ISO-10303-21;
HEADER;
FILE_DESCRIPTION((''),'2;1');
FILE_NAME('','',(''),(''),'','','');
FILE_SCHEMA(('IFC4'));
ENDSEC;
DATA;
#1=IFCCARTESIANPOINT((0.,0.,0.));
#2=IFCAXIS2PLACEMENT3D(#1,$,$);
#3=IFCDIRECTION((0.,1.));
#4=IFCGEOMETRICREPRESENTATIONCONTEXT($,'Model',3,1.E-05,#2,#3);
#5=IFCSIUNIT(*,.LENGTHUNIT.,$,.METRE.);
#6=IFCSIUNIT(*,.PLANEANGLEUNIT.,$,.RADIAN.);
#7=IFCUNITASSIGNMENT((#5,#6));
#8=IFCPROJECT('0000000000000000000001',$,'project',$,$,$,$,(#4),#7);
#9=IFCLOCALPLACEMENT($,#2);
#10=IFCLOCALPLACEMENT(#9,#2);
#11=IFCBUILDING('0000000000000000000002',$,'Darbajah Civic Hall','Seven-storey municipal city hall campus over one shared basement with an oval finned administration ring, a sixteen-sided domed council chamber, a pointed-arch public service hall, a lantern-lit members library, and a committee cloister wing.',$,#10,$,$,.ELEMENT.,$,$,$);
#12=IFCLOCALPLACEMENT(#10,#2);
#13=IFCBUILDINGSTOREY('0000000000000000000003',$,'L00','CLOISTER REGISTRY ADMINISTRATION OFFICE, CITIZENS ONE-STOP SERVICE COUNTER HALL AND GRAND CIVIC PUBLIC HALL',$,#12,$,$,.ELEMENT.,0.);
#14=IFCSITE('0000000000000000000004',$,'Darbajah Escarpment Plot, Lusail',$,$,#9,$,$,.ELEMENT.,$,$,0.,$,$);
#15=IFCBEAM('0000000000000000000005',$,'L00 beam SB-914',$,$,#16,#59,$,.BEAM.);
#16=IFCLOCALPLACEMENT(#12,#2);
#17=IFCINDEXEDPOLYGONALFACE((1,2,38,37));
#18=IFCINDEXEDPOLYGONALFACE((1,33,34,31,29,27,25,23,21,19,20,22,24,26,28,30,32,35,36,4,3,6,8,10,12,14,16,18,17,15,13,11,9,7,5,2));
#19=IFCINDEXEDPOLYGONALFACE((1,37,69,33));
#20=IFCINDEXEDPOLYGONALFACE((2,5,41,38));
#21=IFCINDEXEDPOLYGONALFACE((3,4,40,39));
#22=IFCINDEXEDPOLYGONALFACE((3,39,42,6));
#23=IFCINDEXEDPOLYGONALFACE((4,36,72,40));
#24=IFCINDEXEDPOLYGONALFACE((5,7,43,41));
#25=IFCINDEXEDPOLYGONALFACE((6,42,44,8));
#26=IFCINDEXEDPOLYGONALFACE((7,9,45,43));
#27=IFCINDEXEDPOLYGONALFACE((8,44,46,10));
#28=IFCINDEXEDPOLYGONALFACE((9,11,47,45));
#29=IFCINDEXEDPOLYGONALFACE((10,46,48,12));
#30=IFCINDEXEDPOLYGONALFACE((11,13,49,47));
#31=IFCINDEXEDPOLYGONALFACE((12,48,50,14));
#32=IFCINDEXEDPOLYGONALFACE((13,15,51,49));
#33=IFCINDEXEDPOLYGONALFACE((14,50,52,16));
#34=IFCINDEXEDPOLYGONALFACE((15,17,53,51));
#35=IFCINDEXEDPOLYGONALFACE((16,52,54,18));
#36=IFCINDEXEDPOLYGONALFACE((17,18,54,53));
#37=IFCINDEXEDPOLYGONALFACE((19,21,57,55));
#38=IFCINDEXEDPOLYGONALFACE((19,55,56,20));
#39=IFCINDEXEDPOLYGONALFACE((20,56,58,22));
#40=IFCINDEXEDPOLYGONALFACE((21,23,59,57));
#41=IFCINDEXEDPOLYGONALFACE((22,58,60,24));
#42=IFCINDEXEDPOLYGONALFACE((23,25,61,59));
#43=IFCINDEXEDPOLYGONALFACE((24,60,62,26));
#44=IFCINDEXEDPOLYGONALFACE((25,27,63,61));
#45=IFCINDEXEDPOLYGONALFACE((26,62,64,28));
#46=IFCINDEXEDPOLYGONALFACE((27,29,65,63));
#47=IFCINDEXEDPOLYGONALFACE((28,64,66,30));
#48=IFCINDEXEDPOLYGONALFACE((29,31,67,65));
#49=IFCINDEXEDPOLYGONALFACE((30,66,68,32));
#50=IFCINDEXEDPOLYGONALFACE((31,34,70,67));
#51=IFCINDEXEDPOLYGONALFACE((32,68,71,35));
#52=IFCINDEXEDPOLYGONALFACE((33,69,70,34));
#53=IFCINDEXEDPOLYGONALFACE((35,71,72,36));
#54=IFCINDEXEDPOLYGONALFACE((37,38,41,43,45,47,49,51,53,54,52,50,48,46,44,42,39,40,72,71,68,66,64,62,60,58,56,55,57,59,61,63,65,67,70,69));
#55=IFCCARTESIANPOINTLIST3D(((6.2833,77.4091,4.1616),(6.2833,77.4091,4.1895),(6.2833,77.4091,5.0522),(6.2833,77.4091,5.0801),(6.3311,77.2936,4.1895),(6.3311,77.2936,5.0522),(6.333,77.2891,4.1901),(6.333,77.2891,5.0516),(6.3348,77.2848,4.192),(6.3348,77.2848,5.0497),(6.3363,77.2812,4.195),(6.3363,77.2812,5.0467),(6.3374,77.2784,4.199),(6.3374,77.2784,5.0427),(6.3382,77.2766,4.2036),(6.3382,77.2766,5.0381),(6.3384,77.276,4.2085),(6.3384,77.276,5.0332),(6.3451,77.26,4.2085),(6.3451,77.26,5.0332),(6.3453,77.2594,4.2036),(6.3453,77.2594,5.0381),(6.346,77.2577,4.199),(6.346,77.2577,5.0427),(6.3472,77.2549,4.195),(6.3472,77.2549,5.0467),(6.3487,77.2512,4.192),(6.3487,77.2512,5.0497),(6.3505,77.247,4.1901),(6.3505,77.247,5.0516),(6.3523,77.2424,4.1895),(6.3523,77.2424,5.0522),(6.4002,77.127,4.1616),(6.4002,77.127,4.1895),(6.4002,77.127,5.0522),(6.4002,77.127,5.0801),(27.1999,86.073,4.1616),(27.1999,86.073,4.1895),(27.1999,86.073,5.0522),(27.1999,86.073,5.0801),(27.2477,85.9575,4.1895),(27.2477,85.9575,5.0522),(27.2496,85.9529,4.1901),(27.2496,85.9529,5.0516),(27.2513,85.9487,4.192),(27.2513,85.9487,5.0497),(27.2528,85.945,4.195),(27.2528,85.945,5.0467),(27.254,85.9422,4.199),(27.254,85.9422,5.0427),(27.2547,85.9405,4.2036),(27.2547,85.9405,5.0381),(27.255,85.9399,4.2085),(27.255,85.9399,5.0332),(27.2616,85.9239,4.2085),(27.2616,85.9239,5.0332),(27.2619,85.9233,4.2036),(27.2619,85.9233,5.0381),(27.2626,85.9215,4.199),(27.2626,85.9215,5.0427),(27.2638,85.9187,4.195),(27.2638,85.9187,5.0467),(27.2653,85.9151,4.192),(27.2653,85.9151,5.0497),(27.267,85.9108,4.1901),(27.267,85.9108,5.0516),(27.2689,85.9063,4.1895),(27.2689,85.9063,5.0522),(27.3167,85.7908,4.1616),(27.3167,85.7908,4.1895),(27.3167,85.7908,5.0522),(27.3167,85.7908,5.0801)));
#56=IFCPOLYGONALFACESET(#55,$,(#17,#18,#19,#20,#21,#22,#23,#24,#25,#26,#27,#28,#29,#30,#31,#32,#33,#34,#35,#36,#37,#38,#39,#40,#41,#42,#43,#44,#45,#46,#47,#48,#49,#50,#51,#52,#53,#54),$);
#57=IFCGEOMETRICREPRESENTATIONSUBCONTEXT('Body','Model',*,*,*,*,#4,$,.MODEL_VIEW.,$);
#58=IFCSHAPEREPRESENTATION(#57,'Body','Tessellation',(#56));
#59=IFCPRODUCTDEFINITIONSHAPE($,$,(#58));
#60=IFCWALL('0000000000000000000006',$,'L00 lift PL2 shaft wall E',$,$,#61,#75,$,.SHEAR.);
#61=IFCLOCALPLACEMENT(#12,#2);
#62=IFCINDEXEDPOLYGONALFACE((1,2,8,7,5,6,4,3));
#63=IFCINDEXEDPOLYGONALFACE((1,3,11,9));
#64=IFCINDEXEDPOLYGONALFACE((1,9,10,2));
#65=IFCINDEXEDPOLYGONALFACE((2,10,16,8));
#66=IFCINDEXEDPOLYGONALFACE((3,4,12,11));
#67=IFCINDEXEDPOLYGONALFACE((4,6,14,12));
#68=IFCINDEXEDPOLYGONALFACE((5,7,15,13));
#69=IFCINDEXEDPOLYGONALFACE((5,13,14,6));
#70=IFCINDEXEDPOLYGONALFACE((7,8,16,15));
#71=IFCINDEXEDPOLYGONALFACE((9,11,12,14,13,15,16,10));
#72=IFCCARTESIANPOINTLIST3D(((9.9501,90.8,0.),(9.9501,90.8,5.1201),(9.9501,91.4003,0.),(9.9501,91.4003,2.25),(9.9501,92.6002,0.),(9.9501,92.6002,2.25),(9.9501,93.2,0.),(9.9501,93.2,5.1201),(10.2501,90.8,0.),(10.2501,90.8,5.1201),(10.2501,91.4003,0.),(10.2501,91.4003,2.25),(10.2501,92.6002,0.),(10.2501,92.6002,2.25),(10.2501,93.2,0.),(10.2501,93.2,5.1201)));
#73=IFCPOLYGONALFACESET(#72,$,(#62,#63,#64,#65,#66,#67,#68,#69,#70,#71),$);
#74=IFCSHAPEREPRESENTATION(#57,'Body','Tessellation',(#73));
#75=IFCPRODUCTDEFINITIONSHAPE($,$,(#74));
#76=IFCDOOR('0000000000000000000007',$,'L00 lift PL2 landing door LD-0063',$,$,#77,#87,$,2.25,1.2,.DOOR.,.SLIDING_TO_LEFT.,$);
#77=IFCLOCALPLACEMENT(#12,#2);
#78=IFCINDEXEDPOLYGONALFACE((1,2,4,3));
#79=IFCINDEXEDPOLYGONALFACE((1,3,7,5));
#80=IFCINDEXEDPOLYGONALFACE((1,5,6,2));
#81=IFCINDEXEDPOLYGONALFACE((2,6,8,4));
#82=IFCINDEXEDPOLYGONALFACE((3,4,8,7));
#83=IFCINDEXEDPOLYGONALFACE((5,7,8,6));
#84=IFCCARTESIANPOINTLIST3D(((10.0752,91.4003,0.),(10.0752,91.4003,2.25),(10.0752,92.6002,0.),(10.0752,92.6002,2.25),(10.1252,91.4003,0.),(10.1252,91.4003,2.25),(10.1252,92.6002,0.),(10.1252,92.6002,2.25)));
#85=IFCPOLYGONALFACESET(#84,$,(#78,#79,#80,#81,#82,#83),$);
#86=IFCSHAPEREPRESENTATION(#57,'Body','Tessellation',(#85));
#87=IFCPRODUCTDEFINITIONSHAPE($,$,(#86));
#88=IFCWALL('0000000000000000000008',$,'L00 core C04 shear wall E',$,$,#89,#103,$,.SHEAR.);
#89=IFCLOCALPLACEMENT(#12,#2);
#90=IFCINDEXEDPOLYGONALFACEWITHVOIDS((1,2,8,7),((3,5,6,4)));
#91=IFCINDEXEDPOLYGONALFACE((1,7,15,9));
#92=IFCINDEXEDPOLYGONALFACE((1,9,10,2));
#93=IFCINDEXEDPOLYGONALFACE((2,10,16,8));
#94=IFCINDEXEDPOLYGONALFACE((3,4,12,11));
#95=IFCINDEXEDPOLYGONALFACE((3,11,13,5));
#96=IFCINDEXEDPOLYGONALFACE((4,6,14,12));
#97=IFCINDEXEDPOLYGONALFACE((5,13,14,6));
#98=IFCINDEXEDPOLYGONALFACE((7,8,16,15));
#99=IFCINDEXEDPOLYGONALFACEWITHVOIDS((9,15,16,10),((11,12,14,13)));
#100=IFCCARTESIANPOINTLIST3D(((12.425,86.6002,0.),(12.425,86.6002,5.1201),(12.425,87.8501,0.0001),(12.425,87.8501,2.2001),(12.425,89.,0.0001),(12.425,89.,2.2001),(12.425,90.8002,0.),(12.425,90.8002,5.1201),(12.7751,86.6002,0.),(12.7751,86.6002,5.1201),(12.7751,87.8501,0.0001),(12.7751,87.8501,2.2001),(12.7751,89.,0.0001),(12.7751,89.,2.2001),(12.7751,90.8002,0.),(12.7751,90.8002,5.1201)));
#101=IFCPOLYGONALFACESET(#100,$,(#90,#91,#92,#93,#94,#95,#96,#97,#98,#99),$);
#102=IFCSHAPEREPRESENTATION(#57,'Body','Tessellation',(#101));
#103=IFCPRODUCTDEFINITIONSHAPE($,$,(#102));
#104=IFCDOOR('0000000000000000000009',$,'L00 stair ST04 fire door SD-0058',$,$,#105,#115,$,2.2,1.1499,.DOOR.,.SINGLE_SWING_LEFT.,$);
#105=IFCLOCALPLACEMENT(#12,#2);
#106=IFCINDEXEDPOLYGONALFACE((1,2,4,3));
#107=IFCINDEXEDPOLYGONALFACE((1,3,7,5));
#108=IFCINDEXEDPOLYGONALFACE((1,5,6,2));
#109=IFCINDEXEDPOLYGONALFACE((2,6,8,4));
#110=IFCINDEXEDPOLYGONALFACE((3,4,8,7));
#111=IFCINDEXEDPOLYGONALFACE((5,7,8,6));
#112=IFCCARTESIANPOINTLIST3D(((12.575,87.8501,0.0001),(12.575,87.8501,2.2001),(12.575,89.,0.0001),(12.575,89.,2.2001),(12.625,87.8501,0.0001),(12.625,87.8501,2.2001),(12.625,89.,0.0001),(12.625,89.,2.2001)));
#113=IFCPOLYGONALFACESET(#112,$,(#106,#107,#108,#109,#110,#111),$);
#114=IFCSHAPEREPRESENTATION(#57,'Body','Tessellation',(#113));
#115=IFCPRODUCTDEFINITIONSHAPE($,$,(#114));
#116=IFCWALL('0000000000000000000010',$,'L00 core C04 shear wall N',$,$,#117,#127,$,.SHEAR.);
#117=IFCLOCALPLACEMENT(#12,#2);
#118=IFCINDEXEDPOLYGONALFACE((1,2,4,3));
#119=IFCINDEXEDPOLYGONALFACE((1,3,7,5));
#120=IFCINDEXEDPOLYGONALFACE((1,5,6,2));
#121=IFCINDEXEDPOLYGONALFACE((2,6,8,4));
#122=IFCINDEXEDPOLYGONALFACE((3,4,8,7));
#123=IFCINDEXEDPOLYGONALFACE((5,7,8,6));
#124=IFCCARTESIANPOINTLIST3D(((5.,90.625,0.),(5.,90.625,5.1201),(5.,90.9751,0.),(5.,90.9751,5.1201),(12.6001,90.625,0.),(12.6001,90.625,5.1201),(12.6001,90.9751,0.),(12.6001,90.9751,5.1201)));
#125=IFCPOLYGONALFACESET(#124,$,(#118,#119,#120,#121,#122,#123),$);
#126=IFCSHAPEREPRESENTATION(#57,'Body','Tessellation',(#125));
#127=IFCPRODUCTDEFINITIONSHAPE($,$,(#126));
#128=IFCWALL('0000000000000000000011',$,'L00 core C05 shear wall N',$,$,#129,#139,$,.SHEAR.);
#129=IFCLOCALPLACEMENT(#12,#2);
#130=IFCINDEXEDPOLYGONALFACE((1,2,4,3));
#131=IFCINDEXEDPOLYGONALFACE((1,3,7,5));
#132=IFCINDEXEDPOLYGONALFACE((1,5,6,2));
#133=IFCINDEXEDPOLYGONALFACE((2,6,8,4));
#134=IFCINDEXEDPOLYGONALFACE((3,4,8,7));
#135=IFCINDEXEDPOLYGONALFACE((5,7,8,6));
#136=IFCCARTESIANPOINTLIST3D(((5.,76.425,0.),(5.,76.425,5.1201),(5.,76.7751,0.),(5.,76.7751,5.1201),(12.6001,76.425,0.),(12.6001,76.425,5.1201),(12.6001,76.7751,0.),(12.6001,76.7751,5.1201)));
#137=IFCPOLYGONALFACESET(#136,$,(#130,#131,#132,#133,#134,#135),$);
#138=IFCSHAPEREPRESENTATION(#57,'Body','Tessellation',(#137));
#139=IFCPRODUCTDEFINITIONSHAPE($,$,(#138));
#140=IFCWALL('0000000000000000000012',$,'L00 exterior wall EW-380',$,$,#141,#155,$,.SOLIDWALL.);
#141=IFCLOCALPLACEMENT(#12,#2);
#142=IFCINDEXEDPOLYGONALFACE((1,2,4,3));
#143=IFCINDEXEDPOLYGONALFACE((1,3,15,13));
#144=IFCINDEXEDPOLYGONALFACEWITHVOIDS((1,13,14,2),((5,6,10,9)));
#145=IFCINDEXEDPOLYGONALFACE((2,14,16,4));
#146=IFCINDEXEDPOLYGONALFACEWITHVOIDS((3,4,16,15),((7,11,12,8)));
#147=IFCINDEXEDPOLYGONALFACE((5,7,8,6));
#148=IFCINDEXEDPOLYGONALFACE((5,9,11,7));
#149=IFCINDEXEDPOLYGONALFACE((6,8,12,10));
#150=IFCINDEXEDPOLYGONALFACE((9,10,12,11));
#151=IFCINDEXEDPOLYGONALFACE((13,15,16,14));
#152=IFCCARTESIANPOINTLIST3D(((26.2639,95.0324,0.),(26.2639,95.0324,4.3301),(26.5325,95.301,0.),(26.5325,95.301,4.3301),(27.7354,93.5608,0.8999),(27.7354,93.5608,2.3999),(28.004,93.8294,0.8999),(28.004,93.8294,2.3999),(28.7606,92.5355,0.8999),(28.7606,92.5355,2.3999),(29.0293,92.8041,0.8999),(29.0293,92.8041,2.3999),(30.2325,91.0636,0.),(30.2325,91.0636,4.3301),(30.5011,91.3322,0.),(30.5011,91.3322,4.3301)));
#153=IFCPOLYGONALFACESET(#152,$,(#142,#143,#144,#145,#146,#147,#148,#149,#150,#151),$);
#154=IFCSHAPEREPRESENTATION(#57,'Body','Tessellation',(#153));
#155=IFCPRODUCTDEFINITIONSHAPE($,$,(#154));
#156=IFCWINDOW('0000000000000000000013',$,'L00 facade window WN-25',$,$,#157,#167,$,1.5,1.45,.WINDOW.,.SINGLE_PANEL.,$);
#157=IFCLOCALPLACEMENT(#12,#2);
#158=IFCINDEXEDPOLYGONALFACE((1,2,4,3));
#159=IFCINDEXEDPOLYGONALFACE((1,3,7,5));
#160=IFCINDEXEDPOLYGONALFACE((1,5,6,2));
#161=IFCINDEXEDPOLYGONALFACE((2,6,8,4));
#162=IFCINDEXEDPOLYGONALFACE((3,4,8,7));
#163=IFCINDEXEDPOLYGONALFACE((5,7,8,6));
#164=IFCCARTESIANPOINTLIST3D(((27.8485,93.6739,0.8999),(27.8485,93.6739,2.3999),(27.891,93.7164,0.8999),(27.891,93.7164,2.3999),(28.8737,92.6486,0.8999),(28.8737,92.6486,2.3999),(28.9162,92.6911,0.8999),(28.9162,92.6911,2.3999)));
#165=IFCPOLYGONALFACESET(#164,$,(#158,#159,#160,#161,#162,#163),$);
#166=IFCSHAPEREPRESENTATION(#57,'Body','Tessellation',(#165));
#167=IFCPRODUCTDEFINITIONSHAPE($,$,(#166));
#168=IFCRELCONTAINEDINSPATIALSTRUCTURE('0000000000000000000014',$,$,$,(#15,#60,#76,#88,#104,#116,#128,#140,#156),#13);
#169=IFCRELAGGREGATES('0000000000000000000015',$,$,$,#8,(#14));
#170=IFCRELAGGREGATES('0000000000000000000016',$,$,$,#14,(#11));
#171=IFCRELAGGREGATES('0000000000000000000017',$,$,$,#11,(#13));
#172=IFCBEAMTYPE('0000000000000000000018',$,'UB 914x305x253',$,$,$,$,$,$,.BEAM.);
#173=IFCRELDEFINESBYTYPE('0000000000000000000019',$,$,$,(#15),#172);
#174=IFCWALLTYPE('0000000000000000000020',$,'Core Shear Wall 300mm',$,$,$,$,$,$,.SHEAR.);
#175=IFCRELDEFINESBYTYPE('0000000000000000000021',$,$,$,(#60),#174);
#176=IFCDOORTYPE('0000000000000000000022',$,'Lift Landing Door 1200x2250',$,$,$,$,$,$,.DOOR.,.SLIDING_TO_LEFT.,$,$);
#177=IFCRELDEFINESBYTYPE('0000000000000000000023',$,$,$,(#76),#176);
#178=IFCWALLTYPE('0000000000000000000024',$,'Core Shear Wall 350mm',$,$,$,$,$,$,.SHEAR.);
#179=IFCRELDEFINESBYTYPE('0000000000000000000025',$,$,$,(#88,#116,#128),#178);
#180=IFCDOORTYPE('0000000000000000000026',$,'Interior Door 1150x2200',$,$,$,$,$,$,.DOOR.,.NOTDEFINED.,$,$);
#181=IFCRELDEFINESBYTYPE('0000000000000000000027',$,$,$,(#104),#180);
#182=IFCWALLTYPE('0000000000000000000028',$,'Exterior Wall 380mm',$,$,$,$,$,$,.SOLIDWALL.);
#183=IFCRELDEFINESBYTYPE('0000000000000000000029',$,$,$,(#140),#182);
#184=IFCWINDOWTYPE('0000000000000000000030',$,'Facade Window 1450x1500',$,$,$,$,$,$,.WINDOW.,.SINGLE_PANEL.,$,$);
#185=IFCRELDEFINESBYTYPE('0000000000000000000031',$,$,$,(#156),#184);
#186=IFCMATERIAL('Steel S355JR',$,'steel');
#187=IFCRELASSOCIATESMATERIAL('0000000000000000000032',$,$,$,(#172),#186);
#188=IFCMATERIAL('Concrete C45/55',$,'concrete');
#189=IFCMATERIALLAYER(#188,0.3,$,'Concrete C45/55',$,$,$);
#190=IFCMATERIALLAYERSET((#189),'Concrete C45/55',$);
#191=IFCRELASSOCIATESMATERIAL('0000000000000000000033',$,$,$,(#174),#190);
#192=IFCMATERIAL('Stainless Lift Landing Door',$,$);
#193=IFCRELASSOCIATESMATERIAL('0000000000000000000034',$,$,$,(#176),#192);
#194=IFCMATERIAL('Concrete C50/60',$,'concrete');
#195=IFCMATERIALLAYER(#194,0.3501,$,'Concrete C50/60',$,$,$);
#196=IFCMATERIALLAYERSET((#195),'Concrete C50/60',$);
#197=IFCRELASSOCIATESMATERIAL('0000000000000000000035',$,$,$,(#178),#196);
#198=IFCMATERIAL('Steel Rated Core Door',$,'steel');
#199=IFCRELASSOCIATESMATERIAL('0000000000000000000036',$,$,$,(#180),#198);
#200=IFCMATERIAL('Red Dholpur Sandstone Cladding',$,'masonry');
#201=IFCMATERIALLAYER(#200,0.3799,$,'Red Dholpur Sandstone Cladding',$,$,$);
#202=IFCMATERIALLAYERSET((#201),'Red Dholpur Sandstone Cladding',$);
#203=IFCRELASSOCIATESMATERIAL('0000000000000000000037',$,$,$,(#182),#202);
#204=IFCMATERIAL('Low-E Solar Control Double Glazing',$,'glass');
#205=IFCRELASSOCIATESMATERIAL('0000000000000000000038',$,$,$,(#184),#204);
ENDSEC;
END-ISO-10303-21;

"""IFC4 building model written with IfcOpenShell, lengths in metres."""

from ifc_helpers import new_model, si_unit, direction, frame, frame_2d, origin, origin_2d, place, context, subcontext, project, spatial, rectangle, i_section, extrude, material, layer, layer_set, material_profile, profile_set, type_object, element, fill, save


model = new_model("IFC4")

# Units and contexts
model_context = context("Model", 3, precision=1e-05, world=origin(), true_north=direction((0.0, 1.0)))
body_context = subcontext(model_context, "Body", "Model", "MODEL_VIEW")
ifc_project = project(units=[si_unit("LENGTHUNIT", "METRE"), si_unit("PLANEANGLEUNIT", "RADIAN")], contexts=[model_context])

# Site, building, storey
site_placement = place(None, origin())
site = spatial("IfcSite", under=ifc_project, at=site_placement, Name="Darbajah Escarpment Plot, Lusail", CompositionType="ELEMENT", RefElevation=0.0)
building_placement = place(site_placement, origin())
building = spatial("IfcBuilding", under=site, at=building_placement, Name="Darbajah Civic Hall", Description="Seven-storey municipal city hall campus over one shared basement with an oval finned administration ring, a sixteen-sided domed council chamber, a pointed-arch public service hall, a lantern-lit members library, and a committee cloister wing.", CompositionType="ELEMENT")
storey_placement = place(building_placement, origin())
storey = spatial("IfcBuildingStorey", under=building, at=storey_placement, Name="L00", Description="CLOISTER REGISTRY ADMINISTRATION OFFICE, CITIZENS ONE-STOP SERVICE COUNTER HALL AND GRAND CIVIC PUBLIC HALL", CompositionType="ELEMENT", Elevation=0.0)

# Shared definitions
ifc_material_1 = material(Name="Concrete C45/55", Category="concrete")

# Beam
ifc_material_2 = material(Name="Concrete C50/60", Category="concrete")
ifc_material_3 = material(Name="Steel S355JR", Category="steel")
ifc_material_profile_1 = material_profile(ifc_material_3, i_section(OverallWidth=0.3054, OverallDepth=0.9185, WebThickness=0.0173, FlangeThickness=0.0278, FilletRadius=0.019, at=origin_2d()), Name="UB 914x305x253")
ifc_profile_set_1 = profile_set([ifc_material_profile_1], Name="Steel S355JR")
beam_type_1 = type_object("IfcBeamType", Name="UB 914x305x253", PredefinedType="BEAM", material=ifc_profile_set_1)
beam_1_placement = place(storey_placement, frame((27.2583, 85.9319, 4.6208), z_axis=(-0.923881, -0.38268, 0.0), x_axis=(0.38268, -0.923881, 0.0)))
element("IfcBeam", 1, at=beam_1_placement, inside=storey, type_object=beam_type_1, Name="L00 beam SB-914", PredefinedType="BEAM", context=body_context, shape_type="SweptSolid", body=[
    extrude(i_section(OverallWidth=0.3054, OverallDepth=0.9185, WebThickness=0.0173, FlangeThickness=0.0278, FilletRadius=0.019, at=origin_2d()), origin(), (0.0, 0.0, 1.0), 22.6399),
])

# Walls, openings, doors
ifc_layer_1 = layer(ifc_material_1, 0.3, Name="Concrete C45/55")
ifc_layer_set_1 = layer_set([ifc_layer_1], Name="Concrete C45/55")
wall_type_1 = type_object("IfcWallType", Name="Core Shear Wall 300mm", PredefinedType="SHEAR", material=ifc_layer_set_1)
wall_1_placement = place(storey_placement, frame((10.1001, 90.8, 0.0), z_axis=(0.0, 0.0, 1.0), x_axis=(0.0, 1.0, 0.0)))
wall_1 = element("IfcWall", 2, at=wall_1_placement, inside=storey, type_object=wall_type_1, Name="L00 lift PL2 shaft wall E", PredefinedType="SHEAR", context=body_context, shape_type="SweptSolid", body=[
    extrude(rectangle(XDim=2.3999, YDim=0.3, at=frame_2d((1.2, 0.0))), origin(), (0.0, 0.0, 1.0), 5.1201),
])
opening_1_placement = place(wall_1_placement, frame((0.6001, 0.0, 0.0)))
opening_1 = element("IfcOpeningElement", 3, at=opening_1_placement, cuts=wall_1, PredefinedType="OPENING", context=body_context, shape_type="SweptSolid", body=[
    extrude(rectangle(XDim=1.2, YDim=2.25, at=frame_2d((0.6001, 1.125))), frame((0.0, 0.1599, 0.0), z_axis=(0.0, -1.0, 0.0), x_axis=(1.0, 0.0, 0.0)), (0.0, 0.0, 1.0), 0.3201),
])
ifc_material_4 = material(Name="Stainless Lift Landing Door")
door_type_1 = type_object("IfcDoorType", Name="Lift Landing Door 1200x2250", OperationType="SLIDING_TO_LEFT", PredefinedType="DOOR", material=ifc_material_4)
door_1_placement = place(opening_1_placement, origin())
door_1 = element("IfcDoor", 4, at=door_1_placement, inside=storey, type_object=door_type_1, Name="L00 lift PL2 landing door LD-0063", OperationType="SLIDING_TO_LEFT", OverallHeight=2.25, OverallWidth=1.2, PredefinedType="DOOR", context=body_context, shape_type="SweptSolid", body=[
    extrude(rectangle(XDim=1.2, YDim=2.25, at=frame_2d((0.6001, 1.125))), frame((0.0, 0.0249, 0.0), z_axis=(0.0, -1.0, 0.0), x_axis=(1.0, 0.0, 0.0)), (0.0, 0.0, 1.0), 0.05),
])
fill(opening_1, door_1)
ifc_layer_2 = layer(ifc_material_2, 0.3501, Name="Concrete C50/60")
ifc_layer_set_2 = layer_set([ifc_layer_2], Name="Concrete C50/60")
wall_type_2 = type_object("IfcWallType", Name="Core Shear Wall 350mm", PredefinedType="SHEAR", material=ifc_layer_set_2)
wall_2_placement = place(storey_placement, frame((12.6001, 86.6001, 0.0), z_axis=(0.0, 0.0, 1.0), x_axis=(0.0, 1.0, 0.0)))
wall_2 = element("IfcWall", 5, at=wall_2_placement, inside=storey, type_object=wall_type_2, Name="L00 core C04 shear wall E", PredefinedType="SHEAR", context=body_context, shape_type="SweptSolid", body=[
    extrude(rectangle(XDim=4.2, YDim=0.3501, at=frame_2d((2.1001, 0.0))), origin(), (0.0, 0.0, 1.0), 5.1201),
])
opening_2_placement = place(wall_2_placement, frame((1.25, 0.0, 0.0)))
opening_2 = element("IfcOpeningElement", 6, at=opening_2_placement, cuts=wall_2, PredefinedType="OPENING", context=body_context, shape_type="SweptSolid", body=[
    extrude(rectangle(XDim=1.1499, YDim=2.2, at=frame_2d((0.575, 1.1001))), frame((0.0, 0.1851, 0.0), z_axis=(0.0, -1.0, 0.0), x_axis=(1.0, 0.0, 0.0)), (0.0, 0.0, 1.0), 0.3701),
])
ifc_material_5 = material(Name="Steel Rated Core Door", Category="steel")
door_type_2 = type_object("IfcDoorType", Name="Interior Door 1150x2200", OperationType="NOTDEFINED", PredefinedType="DOOR", material=ifc_material_5)
door_2_placement = place(opening_2_placement, frame((1.1499, 0.0, 0.0), z_axis=(0.0, 0.0, 1.0), x_axis=(-1.0, 0.0, 0.0)))
door_2 = element("IfcDoor", 7, at=door_2_placement, inside=storey, type_object=door_type_2, Name="L00 stair ST04 fire door SD-0058", OperationType="SINGLE_SWING_LEFT", OverallHeight=2.2, OverallWidth=1.1499, PredefinedType="DOOR", context=body_context, shape_type="SweptSolid", body=[
    extrude(rectangle(XDim=1.1499, YDim=2.2, at=frame_2d((0.575, 1.1001))), frame((0.0, 0.0249, 0.0), z_axis=(0.0, -1.0, 0.0), x_axis=(1.0, 0.0, 0.0)), (0.0, 0.0, 1.0), 0.05),
])
fill(opening_2, door_2)

# Walls
for number, where, z_axis, x_axis, name in (
    (8, (12.6001, 90.8, 0.0), (0.0, 0.0, 1.0), (-1.0, 0.0, 0.0), "L00 core C04 shear wall N"),
    (9, (12.6001, 76.6001, 0.0), (0.0, 0.0, 1.0), (-1.0, 0.0, 0.0), "L00 core C05 shear wall N"),
):
    element("IfcWall", number, at=place(storey_placement, frame(where, z_axis=z_axis, x_axis=x_axis)), inside=storey, type_object=wall_type_2, Name=name, PredefinedType="SHEAR", context=body_context, shape_type="SweptSolid", body=[
        extrude(rectangle(XDim=7.6001, YDim=0.3501, at=frame_2d((3.8, 0.0))), origin(), (0.0, 0.0, 1.0), 5.1201),
    ])

# Wall, opening, window
ifc_material_6 = material(Name="Red Dholpur Sandstone Cladding", Category="masonry")
ifc_layer_3 = layer(ifc_material_6, 0.3799, Name="Red Dholpur Sandstone Cladding")
ifc_layer_set_3 = layer_set([ifc_layer_3], Name="Red Dholpur Sandstone Cladding")
wall_type_3 = type_object("IfcWallType", Name="Exterior Wall 380mm", PredefinedType="SOLIDWALL", material=ifc_layer_set_3)
wall_3_placement = place(storey_placement, frame((30.3667, 91.198, 0.0), z_axis=(0.0, 0.0, 1.0), x_axis=(-0.707085, 0.707129, 0.0)))
wall_3 = element("IfcWall", 10, at=wall_3_placement, inside=storey, type_object=wall_type_3, Name="L00 exterior wall EW-380", PredefinedType="SOLIDWALL", context=body_context, shape_type="SweptSolid", body=[
    extrude(rectangle(XDim=5.6125, YDim=0.3799, at=frame_2d((2.8062, 0.0))), origin(), (0.0, 0.0, 1.0), 4.3301),
])
opening_3_placement = place(wall_3_placement, frame((2.0813, 0.0, 0.8999)))
opening_3 = element("IfcOpeningElement", 11, at=opening_3_placement, cuts=wall_3, PredefinedType="OPENING", context=body_context, shape_type="SweptSolid", body=[
    extrude(rectangle(XDim=1.45, YDim=1.5, at=frame_2d((0.7251, 0.75))), frame((0.0, 0.2, 0.0), z_axis=(0.0, -1.0, 0.0), x_axis=(1.0, 0.0, 0.0)), (0.0, 0.0, 1.0), 0.3999),
])
ifc_material_7 = material(Name="Low-E Solar Control Double Glazing", Category="glass")
window_type = type_object("IfcWindowType", Name="Facade Window 1450x1500", PartitioningType="SINGLE_PANEL", PredefinedType="WINDOW", material=ifc_material_7)
window_placement = place(opening_3_placement, origin())
window = element("IfcWindow", 12, at=window_placement, inside=storey, type_object=window_type, Name="L00 facade window WN-25", OverallHeight=1.5, OverallWidth=1.45, PartitioningType="SINGLE_PANEL", PredefinedType="WINDOW", context=body_context, shape_type="SweptSolid", body=[
    extrude(rectangle(XDim=1.45, YDim=1.5, at=frame_2d((0.7251, 0.75))), frame((0.0, 0.03, 0.0), z_axis=(0.0, -1.0, 0.0), x_axis=(1.0, 0.0, 0.0)), (0.0, 0.0, 1.0), 0.0601),
])
fill(opening_3, window)

save(model, "model.ifc")
